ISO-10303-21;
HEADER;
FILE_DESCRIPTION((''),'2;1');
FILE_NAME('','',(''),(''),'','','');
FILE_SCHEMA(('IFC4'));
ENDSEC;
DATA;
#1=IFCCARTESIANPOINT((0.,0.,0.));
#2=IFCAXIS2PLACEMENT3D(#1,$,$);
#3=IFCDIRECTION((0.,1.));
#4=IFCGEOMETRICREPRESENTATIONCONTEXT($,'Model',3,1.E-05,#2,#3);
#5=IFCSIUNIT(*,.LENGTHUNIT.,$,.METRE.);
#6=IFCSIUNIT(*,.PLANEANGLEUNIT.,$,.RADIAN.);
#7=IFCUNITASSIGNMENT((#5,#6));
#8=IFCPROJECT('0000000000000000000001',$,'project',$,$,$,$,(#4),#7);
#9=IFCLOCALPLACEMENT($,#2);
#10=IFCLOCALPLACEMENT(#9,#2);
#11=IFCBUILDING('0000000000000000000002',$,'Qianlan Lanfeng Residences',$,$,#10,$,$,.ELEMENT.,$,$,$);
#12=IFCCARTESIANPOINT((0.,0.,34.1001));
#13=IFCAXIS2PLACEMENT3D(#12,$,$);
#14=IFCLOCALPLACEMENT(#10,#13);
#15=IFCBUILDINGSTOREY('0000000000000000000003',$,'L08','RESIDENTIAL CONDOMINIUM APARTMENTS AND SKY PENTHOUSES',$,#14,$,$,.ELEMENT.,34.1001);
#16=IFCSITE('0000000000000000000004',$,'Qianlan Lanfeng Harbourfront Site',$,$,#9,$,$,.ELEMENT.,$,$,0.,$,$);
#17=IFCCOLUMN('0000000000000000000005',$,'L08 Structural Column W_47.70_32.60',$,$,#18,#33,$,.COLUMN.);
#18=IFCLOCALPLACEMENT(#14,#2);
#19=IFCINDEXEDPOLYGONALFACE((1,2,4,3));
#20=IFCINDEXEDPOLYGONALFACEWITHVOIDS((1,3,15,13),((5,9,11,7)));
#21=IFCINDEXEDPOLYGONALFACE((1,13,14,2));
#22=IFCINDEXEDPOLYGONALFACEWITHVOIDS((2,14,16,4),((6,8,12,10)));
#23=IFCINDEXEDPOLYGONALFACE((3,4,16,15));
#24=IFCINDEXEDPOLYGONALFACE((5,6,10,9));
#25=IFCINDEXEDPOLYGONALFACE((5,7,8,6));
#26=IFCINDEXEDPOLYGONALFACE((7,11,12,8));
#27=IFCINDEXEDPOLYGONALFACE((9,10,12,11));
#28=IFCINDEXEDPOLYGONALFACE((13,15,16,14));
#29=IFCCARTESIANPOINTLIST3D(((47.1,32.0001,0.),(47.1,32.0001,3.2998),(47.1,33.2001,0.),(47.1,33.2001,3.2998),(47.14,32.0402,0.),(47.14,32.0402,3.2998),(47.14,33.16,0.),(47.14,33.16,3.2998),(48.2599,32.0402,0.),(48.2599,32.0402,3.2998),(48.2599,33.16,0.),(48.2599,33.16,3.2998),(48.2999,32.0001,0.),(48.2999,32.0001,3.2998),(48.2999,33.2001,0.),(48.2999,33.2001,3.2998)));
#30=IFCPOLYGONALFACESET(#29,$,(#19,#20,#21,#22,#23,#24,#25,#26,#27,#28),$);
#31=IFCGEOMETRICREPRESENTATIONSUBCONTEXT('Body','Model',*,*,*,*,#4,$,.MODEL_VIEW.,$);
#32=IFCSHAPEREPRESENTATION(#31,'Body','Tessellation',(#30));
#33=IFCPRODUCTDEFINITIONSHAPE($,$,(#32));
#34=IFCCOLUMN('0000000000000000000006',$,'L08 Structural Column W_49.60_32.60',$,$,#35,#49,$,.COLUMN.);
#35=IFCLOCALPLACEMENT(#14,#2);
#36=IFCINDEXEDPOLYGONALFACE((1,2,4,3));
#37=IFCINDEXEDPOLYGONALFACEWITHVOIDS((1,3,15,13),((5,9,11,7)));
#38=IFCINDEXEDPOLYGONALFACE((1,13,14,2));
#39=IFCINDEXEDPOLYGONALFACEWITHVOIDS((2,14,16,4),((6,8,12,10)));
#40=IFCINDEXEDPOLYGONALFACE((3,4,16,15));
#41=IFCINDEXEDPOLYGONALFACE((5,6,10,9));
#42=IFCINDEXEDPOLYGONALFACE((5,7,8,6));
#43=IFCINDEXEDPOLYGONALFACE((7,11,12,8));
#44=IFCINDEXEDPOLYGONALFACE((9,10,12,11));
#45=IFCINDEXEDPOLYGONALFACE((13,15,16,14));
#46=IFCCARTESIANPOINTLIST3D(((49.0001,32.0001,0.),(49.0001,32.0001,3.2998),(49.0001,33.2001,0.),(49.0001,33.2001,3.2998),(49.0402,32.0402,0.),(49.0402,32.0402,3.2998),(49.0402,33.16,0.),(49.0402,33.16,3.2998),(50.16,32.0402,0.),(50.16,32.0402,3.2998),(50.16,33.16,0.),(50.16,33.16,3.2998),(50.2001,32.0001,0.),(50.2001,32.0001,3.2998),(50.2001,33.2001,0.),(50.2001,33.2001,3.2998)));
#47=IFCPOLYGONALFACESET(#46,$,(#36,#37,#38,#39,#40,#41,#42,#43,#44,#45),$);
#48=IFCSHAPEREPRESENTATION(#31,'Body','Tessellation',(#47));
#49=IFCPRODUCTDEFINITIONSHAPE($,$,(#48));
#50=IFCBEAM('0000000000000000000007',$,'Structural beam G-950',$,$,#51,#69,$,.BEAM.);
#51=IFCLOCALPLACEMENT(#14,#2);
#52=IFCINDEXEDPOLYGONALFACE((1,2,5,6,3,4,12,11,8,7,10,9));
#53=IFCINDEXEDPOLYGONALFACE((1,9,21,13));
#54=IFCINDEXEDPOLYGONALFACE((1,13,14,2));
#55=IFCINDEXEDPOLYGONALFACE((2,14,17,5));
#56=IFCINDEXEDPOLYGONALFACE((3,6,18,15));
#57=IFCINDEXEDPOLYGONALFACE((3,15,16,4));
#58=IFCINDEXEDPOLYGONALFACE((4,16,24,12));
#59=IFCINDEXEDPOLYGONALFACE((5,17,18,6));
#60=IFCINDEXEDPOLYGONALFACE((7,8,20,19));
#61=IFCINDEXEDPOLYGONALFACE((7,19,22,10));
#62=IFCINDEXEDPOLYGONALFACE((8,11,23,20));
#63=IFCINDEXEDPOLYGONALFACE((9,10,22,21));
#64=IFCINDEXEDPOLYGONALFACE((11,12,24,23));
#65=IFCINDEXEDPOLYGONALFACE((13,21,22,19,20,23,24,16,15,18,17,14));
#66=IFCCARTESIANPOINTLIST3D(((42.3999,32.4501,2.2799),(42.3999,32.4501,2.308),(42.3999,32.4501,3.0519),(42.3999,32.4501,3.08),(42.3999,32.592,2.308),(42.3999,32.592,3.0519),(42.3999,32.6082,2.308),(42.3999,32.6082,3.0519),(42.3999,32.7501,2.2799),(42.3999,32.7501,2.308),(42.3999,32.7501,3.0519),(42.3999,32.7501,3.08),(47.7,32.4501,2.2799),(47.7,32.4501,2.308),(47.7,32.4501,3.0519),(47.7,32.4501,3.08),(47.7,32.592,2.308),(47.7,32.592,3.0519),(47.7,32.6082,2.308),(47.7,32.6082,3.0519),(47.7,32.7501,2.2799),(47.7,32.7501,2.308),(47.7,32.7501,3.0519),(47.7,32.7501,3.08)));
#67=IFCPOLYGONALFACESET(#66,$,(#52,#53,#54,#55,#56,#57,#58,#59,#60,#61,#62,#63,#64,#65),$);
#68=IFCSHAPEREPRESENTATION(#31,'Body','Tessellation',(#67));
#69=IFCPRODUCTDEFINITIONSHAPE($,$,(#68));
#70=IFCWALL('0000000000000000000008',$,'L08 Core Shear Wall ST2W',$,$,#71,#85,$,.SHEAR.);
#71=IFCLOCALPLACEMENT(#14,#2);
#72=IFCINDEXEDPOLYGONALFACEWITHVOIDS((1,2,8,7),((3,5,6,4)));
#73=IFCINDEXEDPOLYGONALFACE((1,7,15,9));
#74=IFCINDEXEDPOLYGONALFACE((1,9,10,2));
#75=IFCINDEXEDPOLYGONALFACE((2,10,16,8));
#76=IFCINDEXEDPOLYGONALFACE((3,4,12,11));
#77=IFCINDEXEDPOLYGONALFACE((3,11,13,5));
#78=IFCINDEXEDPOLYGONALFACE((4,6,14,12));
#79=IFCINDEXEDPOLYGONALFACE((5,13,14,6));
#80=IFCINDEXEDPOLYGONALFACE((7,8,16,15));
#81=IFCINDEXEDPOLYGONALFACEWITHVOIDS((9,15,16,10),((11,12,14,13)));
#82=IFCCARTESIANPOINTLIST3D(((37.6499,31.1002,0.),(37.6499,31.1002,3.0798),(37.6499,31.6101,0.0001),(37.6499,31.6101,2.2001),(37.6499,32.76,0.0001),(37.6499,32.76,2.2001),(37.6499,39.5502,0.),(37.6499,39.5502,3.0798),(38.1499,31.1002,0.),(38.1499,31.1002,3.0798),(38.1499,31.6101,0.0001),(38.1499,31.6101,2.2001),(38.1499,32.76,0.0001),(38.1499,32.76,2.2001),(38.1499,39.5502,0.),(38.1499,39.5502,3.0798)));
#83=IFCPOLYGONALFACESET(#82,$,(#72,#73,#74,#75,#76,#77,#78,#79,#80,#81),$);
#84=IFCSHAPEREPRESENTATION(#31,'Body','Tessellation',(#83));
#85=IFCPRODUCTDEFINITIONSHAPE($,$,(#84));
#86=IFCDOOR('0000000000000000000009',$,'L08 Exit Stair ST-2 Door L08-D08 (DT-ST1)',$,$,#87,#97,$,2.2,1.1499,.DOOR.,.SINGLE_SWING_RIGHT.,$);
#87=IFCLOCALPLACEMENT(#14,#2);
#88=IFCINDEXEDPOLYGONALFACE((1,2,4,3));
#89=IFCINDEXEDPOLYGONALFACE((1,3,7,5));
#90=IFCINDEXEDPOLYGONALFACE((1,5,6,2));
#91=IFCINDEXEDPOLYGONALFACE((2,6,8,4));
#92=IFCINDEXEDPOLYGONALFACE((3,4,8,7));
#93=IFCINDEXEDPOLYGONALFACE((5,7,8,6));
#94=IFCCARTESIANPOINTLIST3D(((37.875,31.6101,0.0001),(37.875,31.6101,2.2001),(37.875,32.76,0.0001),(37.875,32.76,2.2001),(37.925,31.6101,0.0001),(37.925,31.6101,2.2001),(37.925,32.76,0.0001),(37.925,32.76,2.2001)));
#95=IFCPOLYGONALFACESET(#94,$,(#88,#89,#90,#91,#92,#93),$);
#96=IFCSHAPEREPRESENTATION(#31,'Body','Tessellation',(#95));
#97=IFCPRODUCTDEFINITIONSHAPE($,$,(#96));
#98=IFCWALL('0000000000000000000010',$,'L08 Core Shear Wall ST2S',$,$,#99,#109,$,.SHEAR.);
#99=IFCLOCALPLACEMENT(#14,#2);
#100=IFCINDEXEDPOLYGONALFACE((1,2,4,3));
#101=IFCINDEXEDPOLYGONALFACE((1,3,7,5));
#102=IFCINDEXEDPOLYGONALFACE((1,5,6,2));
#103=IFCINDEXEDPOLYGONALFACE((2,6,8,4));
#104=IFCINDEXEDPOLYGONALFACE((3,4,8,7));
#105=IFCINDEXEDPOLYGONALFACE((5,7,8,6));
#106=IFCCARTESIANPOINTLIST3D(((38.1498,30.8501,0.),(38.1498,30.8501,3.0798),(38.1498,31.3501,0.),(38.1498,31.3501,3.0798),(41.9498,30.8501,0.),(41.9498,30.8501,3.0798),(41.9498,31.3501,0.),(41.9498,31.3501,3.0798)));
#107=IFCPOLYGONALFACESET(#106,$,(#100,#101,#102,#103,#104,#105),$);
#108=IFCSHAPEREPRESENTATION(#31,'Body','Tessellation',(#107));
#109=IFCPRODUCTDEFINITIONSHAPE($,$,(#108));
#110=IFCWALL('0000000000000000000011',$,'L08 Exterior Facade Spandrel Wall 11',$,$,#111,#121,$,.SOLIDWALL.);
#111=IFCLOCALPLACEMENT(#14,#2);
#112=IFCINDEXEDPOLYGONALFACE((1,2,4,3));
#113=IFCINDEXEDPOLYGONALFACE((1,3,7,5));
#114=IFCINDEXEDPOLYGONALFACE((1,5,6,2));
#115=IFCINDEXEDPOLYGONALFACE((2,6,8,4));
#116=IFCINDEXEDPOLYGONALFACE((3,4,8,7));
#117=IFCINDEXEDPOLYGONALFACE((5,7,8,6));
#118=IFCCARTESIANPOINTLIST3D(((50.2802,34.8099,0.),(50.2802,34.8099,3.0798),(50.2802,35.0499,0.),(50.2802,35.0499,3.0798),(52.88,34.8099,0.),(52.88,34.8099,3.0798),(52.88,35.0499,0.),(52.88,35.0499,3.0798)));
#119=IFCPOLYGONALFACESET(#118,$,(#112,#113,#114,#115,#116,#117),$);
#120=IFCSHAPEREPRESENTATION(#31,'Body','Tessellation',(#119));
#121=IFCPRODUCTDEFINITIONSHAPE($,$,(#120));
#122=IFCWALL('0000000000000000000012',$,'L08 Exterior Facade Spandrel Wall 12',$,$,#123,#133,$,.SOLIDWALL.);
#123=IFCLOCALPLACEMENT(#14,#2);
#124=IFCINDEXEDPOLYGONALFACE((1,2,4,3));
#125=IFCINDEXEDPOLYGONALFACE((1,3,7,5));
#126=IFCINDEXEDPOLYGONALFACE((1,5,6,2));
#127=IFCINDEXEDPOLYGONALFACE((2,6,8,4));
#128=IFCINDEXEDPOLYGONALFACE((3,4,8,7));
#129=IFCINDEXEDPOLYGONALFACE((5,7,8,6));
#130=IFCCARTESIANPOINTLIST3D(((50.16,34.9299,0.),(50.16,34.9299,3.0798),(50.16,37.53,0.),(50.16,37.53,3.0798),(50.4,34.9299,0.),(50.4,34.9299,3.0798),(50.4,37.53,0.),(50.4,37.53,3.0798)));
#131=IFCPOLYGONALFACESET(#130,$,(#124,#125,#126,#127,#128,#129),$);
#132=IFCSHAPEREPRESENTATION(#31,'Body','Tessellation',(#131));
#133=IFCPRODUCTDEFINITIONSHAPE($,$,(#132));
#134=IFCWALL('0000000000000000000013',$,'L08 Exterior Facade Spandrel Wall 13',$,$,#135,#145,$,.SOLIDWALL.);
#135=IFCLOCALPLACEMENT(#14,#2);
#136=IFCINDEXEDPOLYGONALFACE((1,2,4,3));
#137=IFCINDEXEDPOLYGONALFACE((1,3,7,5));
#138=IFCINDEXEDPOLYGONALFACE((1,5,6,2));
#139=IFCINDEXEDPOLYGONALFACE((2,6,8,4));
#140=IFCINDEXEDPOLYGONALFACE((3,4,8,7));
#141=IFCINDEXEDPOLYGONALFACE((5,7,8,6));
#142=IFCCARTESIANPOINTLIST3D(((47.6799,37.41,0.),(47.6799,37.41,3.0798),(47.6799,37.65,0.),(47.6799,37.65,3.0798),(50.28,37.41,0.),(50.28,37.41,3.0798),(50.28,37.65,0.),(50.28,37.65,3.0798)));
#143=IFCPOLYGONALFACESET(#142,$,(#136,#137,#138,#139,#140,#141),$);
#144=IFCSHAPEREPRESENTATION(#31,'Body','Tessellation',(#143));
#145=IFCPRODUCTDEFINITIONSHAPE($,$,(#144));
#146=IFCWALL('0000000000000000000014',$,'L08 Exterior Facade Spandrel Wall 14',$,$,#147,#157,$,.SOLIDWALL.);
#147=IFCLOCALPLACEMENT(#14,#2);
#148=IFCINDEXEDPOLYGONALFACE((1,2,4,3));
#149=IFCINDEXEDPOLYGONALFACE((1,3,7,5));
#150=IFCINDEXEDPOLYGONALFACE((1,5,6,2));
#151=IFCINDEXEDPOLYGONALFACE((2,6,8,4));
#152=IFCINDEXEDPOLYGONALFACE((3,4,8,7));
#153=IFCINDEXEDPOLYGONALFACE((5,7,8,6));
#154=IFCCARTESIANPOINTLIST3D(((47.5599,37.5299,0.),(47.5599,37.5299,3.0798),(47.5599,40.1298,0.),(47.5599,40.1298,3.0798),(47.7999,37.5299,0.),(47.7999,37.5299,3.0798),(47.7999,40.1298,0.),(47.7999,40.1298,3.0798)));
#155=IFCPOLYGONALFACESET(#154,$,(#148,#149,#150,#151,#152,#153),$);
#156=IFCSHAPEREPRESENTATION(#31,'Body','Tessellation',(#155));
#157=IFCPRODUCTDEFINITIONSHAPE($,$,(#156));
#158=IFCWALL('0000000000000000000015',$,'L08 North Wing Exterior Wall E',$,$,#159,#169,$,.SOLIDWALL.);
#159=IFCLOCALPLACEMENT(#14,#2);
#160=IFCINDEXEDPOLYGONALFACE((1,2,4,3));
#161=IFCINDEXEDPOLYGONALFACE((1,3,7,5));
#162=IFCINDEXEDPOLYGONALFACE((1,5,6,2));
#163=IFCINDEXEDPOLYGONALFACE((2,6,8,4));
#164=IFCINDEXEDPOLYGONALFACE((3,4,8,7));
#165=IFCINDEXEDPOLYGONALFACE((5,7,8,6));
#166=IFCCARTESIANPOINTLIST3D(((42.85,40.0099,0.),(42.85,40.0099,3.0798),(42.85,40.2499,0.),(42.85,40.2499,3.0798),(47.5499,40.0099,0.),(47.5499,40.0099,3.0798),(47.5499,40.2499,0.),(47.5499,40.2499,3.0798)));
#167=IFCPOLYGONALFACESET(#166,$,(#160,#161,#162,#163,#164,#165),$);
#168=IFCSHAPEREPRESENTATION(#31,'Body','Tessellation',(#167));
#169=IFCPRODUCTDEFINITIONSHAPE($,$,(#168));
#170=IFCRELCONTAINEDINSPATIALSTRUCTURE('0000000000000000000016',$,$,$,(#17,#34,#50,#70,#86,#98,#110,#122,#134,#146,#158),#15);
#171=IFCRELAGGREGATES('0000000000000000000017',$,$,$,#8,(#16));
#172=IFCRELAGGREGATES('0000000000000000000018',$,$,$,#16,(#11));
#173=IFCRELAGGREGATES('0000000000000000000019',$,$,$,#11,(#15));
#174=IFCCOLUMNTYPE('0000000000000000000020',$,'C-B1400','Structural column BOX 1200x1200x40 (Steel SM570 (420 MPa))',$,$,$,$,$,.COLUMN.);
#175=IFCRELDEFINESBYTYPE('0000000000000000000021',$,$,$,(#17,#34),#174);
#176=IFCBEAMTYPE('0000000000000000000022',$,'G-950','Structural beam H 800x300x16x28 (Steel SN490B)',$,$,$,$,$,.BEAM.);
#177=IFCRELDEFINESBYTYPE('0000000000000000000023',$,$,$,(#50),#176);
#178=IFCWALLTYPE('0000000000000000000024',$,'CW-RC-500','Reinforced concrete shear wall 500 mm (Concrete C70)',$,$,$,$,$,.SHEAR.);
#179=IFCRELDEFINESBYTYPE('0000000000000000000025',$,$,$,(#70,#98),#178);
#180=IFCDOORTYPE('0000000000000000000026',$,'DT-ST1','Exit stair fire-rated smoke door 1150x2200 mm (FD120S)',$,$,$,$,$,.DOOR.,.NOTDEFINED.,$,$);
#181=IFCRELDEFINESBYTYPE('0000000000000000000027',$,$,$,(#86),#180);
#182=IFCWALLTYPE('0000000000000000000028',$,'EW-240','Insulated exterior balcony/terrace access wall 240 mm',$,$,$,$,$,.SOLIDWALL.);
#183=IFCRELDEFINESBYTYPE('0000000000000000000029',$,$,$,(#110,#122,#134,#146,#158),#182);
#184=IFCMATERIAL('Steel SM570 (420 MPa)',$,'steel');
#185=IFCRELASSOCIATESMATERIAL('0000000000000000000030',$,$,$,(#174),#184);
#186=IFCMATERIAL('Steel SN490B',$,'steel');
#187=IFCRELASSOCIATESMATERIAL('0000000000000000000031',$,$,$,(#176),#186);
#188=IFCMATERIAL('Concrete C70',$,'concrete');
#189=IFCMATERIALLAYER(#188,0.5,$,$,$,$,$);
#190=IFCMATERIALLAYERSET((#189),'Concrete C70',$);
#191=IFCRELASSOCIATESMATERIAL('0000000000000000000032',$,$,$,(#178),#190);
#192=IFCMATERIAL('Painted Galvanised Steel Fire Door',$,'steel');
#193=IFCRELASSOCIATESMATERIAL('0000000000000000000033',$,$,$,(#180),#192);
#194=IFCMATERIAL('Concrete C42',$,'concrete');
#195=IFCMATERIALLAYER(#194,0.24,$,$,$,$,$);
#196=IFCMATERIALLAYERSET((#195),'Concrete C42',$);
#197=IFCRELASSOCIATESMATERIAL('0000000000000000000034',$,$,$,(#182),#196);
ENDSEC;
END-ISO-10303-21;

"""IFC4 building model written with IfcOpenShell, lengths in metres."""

from ifc_helpers import new_model, si_unit, direction, frame, frame_2d, origin, origin_2d, place, context, subcontext, project, spatial, rectangle, hollow_rectangle, i_section, extrude, material, layer, layer_set, material_profile, profile_set, type_object, element, fill, save


model = new_model("IFC4")

# Units and contexts
model_context = context("Model", 3, precision=1e-05, world=origin(), true_north=direction((0.0, 1.0)))
body_context = subcontext(model_context, "Body", "Model", "MODEL_VIEW")
ifc_project = project(units=[si_unit("LENGTHUNIT", "METRE"), si_unit("PLANEANGLEUNIT", "RADIAN")], contexts=[model_context])

# Site, building, storey
site_placement = place(None, origin())
site = spatial("IfcSite", under=ifc_project, at=site_placement, Name="Qianlan Lanfeng Harbourfront Site", CompositionType="ELEMENT", RefElevation=0.0)
building_placement = place(site_placement, origin())
building = spatial("IfcBuilding", under=site, at=building_placement, Name="Qianlan Lanfeng Residences", CompositionType="ELEMENT")
storey_placement = place(building_placement, frame((0.0, 0.0, 34.1001)))
storey = spatial("IfcBuildingStorey", under=building, at=storey_placement, Name="L08", Description="RESIDENTIAL CONDOMINIUM APARTMENTS AND SKY PENTHOUSES", CompositionType="ELEMENT", Elevation=34.1001)

# Columns
ifc_material_1 = material(Name="Steel SM570 (420 MPa)", Category="steel")
ifc_material_profile_1 = material_profile(ifc_material_1, hollow_rectangle(XDim=1.2, YDim=1.2, WallThickness=0.04, at=origin_2d()), Name="BOX 1200x1200x40")
ifc_profile_set_1 = profile_set([ifc_material_profile_1], Name="Steel SM570 (420 MPa)")
column_type = type_object("IfcColumnType", Name="C-B1400", Description="Structural column BOX 1200x1200x40 (Steel SM570 (420 MPa))", PredefinedType="COLUMN", material=ifc_profile_set_1)
for number, where, z_axis, x_axis, name in (
    (1, (47.7, 32.6001, 0.0), (0.0, 0.0, 1.0), (1.0, 0.0, 0.0), "L08 Structural Column W_47.70_32.60"),
    (2, (49.6001, 32.6001, 0.0), (0.0, 0.0, 1.0), (1.0, 0.0, 0.0), "L08 Structural Column W_49.60_32.60"),
):
    element("IfcColumn", number, at=place(storey_placement, frame(where, z_axis=z_axis, x_axis=x_axis)), inside=storey, type_object=column_type, Name=name, PredefinedType="COLUMN", context=body_context, shape_type="SweptSolid", body=[
        extrude(hollow_rectangle(XDim=1.2, YDim=1.2, WallThickness=0.04, at=origin_2d()), origin(), (0.0, 0.0, 1.0), 3.2998),
    ])

# Beam
ifc_material_2 = material(Name="Steel SN490B", Category="steel")
ifc_material_profile_2 = material_profile(ifc_material_2, i_section(OverallWidth=0.3, OverallDepth=0.8, WebThickness=0.0161, FlangeThickness=0.0281, at=origin_2d()), Name="H 800x300x16x28")
ifc_profile_set_2 = profile_set([ifc_material_profile_2], Name="Steel SN490B")
beam_type = type_object("IfcBeamType", Name="G-950", Description="Structural beam H 800x300x16x28 (Steel SN490B)", PredefinedType="BEAM", material=ifc_profile_set_2)
beam_placement = place(storey_placement, frame((42.3999, 32.6001, 2.6799), z_axis=(1.0, 0.0, 0.0), x_axis=(0.0, 1.0, 0.0)))
element("IfcBeam", 3, at=beam_placement, inside=storey, type_object=beam_type, Name="Structural beam G-950", PredefinedType="BEAM", context=body_context, shape_type="SweptSolid", body=[
    extrude(i_section(OverallWidth=0.3, OverallDepth=0.8, WebThickness=0.0161, FlangeThickness=0.0281, at=origin_2d()), origin(), (0.0, 0.0, 1.0), 5.3),
])

# Wall, opening, door
ifc_material_3 = material(Name="Concrete C70", Category="concrete")
ifc_layer_1 = layer(ifc_material_3, 0.5)
ifc_layer_set_1 = layer_set([ifc_layer_1], Name="Concrete C70")
wall_type_1 = type_object("IfcWallType", Name="CW-RC-500", Description="Reinforced concrete shear wall 500 mm (Concrete C70)", PredefinedType="SHEAR", material=ifc_layer_set_1)
wall_1_placement = place(storey_placement, frame((37.8999, 31.1001, 0.0), z_axis=(0.0, 0.0, 1.0), x_axis=(0.0, 1.0, 0.0)))
wall_1 = element("IfcWall", 4, at=wall_1_placement, inside=storey, type_object=wall_type_1, Name="L08 Core Shear Wall ST2W", PredefinedType="SHEAR", context=body_context, shape_type="SweptSolid", body=[
    extrude(rectangle(XDim=8.45, YDim=0.5, at=frame_2d((4.2251, 0.0))), origin(), (0.0, 0.0, 1.0), 3.0798),
])
opening_1_placement = place(wall_1_placement, frame((0.51, 0.0, 0.0)))
opening_1 = element("IfcOpeningElement", 5, at=opening_1_placement, cuts=wall_1, PredefinedType="OPENING", context=body_context, shape_type="SweptSolid", body=[
    extrude(rectangle(XDim=1.1499, YDim=2.2, at=frame_2d((0.575, 1.1001))), frame((0.0, 0.26, 0.0), z_axis=(0.0, -1.0, 0.0), x_axis=(1.0, 0.0, 0.0)), (0.0, 0.0, 1.0), 0.52),
])
ifc_material_4 = material(Name="Painted Galvanised Steel Fire Door", Category="steel")
door_type_1 = type_object("IfcDoorType", Name="DT-ST1", Description="Exit stair fire-rated smoke door 1150x2200 mm (FD120S)", OperationType="NOTDEFINED", PredefinedType="DOOR", material=ifc_material_4)
door_1_placement = place(opening_1_placement, origin())
door_1 = element("IfcDoor", 6, at=door_1_placement, inside=storey, type_object=door_type_1, Name="L08 Exit Stair ST-2 Door L08-D08 (DT-ST1)", OperationType="SINGLE_SWING_RIGHT", OverallHeight=2.2, OverallWidth=1.1499, PredefinedType="DOOR", context=body_context, shape_type="SweptSolid", body=[
    extrude(rectangle(XDim=1.1499, YDim=2.2, at=frame_2d((0.575, 1.1001))), frame((0.0, 0.0249, 0.0), z_axis=(0.0, -1.0, 0.0), x_axis=(1.0, 0.0, 0.0)), (0.0, 0.0, 1.0), 0.05),
])
fill(opening_1, door_1)

# Walls
wall_2_placement = place(storey_placement, frame((38.1499, 31.1001, 0.0), z_axis=(0.0, 0.0, 1.0), x_axis=(1.0, 0.0, 0.0)))
element("IfcWall", 7, at=wall_2_placement, inside=storey, type_object=wall_type_1, Name="L08 Core Shear Wall ST2S", PredefinedType="SHEAR", context=body_context, shape_type="SweptSolid", body=[
    extrude(rectangle(XDim=3.8, YDim=0.5, at=frame_2d((1.8999, 0.0))), origin(), (0.0, 0.0, 1.0), 3.0798),
])
ifc_material_5 = material(Name="Concrete C42", Category="concrete")
ifc_layer_2 = layer(ifc_material_5, 0.24)
ifc_layer_set_2 = layer_set([ifc_layer_2], Name="Concrete C42")
wall_type_2 = type_object("IfcWallType", Name="EW-240", Description="Insulated exterior balcony/terrace access wall 240 mm", PredefinedType="SOLIDWALL", material=ifc_layer_set_2)
wall_3_placement = place(storey_placement, frame((52.8799, 34.9299, 0.0), z_axis=(0.0, 0.0, 1.0), x_axis=(-1.0, 0.0, 0.0)))
element("IfcWall", 8, at=wall_3_placement, inside=storey, type_object=wall_type_2, Name="L08 Exterior Facade Spandrel Wall 11", PredefinedType="SOLIDWALL", context=body_context, shape_type="SweptSolid", body=[
    extrude(rectangle(XDim=2.5999, YDim=0.24, at=frame_2d((1.2998, 0.0))), origin(), (0.0, 0.0, 1.0), 3.0798),
])
for number, where, z_axis, x_axis, name in (
    (9, (50.28, 34.9299, 0.0), (0.0, 0.0, 1.0), (0.0, 1.0, 0.0), "L08 Exterior Facade Spandrel Wall 12"),
    (10, (50.28, 37.53, 0.0), (0.0, 0.0, 1.0), (-1.0, 0.0, 0.0), "L08 Exterior Facade Spandrel Wall 13"),
):
    element("IfcWall", number, at=place(storey_placement, frame(where, z_axis=z_axis, x_axis=x_axis)), inside=storey, type_object=wall_type_2, Name=name, PredefinedType="SOLIDWALL", context=body_context, shape_type="SweptSolid", body=[
        extrude(rectangle(XDim=2.6001, YDim=0.24, at=frame_2d((1.3, 0.0))), origin(), (0.0, 0.0, 1.0), 3.0798),
    ])
wall_4_placement = place(storey_placement, frame((47.6799, 37.53, 0.0), z_axis=(0.0, 0.0, 1.0), x_axis=(0.0, 1.0, 0.0)))
element("IfcWall", 11, at=wall_4_placement, inside=storey, type_object=wall_type_2, Name="L08 Exterior Facade Spandrel Wall 14", PredefinedType="SOLIDWALL", context=body_context, shape_type="SweptSolid", body=[
    extrude(rectangle(XDim=2.5999, YDim=0.24, at=frame_2d((1.2998, 0.0))), origin(), (0.0, 0.0, 1.0), 3.0798),
])
wall_5_placement = place(storey_placement, frame((47.55, 40.1299, 0.0), z_axis=(0.0, 0.0, 1.0), x_axis=(-1.0, 0.0, 0.0)))
element("IfcWall", 12, at=wall_5_placement, inside=storey, type_object=wall_type_2, Name="L08 North Wing Exterior Wall E", PredefinedType="SOLIDWALL", context=body_context, shape_type="SweptSolid", body=[
    extrude(rectangle(XDim=4.7, YDim=0.24, at=frame_2d((2.3501, 0.0))), origin(), (0.0, 0.0, 1.0), 3.0798),
])

save(model, "model.ifc")
